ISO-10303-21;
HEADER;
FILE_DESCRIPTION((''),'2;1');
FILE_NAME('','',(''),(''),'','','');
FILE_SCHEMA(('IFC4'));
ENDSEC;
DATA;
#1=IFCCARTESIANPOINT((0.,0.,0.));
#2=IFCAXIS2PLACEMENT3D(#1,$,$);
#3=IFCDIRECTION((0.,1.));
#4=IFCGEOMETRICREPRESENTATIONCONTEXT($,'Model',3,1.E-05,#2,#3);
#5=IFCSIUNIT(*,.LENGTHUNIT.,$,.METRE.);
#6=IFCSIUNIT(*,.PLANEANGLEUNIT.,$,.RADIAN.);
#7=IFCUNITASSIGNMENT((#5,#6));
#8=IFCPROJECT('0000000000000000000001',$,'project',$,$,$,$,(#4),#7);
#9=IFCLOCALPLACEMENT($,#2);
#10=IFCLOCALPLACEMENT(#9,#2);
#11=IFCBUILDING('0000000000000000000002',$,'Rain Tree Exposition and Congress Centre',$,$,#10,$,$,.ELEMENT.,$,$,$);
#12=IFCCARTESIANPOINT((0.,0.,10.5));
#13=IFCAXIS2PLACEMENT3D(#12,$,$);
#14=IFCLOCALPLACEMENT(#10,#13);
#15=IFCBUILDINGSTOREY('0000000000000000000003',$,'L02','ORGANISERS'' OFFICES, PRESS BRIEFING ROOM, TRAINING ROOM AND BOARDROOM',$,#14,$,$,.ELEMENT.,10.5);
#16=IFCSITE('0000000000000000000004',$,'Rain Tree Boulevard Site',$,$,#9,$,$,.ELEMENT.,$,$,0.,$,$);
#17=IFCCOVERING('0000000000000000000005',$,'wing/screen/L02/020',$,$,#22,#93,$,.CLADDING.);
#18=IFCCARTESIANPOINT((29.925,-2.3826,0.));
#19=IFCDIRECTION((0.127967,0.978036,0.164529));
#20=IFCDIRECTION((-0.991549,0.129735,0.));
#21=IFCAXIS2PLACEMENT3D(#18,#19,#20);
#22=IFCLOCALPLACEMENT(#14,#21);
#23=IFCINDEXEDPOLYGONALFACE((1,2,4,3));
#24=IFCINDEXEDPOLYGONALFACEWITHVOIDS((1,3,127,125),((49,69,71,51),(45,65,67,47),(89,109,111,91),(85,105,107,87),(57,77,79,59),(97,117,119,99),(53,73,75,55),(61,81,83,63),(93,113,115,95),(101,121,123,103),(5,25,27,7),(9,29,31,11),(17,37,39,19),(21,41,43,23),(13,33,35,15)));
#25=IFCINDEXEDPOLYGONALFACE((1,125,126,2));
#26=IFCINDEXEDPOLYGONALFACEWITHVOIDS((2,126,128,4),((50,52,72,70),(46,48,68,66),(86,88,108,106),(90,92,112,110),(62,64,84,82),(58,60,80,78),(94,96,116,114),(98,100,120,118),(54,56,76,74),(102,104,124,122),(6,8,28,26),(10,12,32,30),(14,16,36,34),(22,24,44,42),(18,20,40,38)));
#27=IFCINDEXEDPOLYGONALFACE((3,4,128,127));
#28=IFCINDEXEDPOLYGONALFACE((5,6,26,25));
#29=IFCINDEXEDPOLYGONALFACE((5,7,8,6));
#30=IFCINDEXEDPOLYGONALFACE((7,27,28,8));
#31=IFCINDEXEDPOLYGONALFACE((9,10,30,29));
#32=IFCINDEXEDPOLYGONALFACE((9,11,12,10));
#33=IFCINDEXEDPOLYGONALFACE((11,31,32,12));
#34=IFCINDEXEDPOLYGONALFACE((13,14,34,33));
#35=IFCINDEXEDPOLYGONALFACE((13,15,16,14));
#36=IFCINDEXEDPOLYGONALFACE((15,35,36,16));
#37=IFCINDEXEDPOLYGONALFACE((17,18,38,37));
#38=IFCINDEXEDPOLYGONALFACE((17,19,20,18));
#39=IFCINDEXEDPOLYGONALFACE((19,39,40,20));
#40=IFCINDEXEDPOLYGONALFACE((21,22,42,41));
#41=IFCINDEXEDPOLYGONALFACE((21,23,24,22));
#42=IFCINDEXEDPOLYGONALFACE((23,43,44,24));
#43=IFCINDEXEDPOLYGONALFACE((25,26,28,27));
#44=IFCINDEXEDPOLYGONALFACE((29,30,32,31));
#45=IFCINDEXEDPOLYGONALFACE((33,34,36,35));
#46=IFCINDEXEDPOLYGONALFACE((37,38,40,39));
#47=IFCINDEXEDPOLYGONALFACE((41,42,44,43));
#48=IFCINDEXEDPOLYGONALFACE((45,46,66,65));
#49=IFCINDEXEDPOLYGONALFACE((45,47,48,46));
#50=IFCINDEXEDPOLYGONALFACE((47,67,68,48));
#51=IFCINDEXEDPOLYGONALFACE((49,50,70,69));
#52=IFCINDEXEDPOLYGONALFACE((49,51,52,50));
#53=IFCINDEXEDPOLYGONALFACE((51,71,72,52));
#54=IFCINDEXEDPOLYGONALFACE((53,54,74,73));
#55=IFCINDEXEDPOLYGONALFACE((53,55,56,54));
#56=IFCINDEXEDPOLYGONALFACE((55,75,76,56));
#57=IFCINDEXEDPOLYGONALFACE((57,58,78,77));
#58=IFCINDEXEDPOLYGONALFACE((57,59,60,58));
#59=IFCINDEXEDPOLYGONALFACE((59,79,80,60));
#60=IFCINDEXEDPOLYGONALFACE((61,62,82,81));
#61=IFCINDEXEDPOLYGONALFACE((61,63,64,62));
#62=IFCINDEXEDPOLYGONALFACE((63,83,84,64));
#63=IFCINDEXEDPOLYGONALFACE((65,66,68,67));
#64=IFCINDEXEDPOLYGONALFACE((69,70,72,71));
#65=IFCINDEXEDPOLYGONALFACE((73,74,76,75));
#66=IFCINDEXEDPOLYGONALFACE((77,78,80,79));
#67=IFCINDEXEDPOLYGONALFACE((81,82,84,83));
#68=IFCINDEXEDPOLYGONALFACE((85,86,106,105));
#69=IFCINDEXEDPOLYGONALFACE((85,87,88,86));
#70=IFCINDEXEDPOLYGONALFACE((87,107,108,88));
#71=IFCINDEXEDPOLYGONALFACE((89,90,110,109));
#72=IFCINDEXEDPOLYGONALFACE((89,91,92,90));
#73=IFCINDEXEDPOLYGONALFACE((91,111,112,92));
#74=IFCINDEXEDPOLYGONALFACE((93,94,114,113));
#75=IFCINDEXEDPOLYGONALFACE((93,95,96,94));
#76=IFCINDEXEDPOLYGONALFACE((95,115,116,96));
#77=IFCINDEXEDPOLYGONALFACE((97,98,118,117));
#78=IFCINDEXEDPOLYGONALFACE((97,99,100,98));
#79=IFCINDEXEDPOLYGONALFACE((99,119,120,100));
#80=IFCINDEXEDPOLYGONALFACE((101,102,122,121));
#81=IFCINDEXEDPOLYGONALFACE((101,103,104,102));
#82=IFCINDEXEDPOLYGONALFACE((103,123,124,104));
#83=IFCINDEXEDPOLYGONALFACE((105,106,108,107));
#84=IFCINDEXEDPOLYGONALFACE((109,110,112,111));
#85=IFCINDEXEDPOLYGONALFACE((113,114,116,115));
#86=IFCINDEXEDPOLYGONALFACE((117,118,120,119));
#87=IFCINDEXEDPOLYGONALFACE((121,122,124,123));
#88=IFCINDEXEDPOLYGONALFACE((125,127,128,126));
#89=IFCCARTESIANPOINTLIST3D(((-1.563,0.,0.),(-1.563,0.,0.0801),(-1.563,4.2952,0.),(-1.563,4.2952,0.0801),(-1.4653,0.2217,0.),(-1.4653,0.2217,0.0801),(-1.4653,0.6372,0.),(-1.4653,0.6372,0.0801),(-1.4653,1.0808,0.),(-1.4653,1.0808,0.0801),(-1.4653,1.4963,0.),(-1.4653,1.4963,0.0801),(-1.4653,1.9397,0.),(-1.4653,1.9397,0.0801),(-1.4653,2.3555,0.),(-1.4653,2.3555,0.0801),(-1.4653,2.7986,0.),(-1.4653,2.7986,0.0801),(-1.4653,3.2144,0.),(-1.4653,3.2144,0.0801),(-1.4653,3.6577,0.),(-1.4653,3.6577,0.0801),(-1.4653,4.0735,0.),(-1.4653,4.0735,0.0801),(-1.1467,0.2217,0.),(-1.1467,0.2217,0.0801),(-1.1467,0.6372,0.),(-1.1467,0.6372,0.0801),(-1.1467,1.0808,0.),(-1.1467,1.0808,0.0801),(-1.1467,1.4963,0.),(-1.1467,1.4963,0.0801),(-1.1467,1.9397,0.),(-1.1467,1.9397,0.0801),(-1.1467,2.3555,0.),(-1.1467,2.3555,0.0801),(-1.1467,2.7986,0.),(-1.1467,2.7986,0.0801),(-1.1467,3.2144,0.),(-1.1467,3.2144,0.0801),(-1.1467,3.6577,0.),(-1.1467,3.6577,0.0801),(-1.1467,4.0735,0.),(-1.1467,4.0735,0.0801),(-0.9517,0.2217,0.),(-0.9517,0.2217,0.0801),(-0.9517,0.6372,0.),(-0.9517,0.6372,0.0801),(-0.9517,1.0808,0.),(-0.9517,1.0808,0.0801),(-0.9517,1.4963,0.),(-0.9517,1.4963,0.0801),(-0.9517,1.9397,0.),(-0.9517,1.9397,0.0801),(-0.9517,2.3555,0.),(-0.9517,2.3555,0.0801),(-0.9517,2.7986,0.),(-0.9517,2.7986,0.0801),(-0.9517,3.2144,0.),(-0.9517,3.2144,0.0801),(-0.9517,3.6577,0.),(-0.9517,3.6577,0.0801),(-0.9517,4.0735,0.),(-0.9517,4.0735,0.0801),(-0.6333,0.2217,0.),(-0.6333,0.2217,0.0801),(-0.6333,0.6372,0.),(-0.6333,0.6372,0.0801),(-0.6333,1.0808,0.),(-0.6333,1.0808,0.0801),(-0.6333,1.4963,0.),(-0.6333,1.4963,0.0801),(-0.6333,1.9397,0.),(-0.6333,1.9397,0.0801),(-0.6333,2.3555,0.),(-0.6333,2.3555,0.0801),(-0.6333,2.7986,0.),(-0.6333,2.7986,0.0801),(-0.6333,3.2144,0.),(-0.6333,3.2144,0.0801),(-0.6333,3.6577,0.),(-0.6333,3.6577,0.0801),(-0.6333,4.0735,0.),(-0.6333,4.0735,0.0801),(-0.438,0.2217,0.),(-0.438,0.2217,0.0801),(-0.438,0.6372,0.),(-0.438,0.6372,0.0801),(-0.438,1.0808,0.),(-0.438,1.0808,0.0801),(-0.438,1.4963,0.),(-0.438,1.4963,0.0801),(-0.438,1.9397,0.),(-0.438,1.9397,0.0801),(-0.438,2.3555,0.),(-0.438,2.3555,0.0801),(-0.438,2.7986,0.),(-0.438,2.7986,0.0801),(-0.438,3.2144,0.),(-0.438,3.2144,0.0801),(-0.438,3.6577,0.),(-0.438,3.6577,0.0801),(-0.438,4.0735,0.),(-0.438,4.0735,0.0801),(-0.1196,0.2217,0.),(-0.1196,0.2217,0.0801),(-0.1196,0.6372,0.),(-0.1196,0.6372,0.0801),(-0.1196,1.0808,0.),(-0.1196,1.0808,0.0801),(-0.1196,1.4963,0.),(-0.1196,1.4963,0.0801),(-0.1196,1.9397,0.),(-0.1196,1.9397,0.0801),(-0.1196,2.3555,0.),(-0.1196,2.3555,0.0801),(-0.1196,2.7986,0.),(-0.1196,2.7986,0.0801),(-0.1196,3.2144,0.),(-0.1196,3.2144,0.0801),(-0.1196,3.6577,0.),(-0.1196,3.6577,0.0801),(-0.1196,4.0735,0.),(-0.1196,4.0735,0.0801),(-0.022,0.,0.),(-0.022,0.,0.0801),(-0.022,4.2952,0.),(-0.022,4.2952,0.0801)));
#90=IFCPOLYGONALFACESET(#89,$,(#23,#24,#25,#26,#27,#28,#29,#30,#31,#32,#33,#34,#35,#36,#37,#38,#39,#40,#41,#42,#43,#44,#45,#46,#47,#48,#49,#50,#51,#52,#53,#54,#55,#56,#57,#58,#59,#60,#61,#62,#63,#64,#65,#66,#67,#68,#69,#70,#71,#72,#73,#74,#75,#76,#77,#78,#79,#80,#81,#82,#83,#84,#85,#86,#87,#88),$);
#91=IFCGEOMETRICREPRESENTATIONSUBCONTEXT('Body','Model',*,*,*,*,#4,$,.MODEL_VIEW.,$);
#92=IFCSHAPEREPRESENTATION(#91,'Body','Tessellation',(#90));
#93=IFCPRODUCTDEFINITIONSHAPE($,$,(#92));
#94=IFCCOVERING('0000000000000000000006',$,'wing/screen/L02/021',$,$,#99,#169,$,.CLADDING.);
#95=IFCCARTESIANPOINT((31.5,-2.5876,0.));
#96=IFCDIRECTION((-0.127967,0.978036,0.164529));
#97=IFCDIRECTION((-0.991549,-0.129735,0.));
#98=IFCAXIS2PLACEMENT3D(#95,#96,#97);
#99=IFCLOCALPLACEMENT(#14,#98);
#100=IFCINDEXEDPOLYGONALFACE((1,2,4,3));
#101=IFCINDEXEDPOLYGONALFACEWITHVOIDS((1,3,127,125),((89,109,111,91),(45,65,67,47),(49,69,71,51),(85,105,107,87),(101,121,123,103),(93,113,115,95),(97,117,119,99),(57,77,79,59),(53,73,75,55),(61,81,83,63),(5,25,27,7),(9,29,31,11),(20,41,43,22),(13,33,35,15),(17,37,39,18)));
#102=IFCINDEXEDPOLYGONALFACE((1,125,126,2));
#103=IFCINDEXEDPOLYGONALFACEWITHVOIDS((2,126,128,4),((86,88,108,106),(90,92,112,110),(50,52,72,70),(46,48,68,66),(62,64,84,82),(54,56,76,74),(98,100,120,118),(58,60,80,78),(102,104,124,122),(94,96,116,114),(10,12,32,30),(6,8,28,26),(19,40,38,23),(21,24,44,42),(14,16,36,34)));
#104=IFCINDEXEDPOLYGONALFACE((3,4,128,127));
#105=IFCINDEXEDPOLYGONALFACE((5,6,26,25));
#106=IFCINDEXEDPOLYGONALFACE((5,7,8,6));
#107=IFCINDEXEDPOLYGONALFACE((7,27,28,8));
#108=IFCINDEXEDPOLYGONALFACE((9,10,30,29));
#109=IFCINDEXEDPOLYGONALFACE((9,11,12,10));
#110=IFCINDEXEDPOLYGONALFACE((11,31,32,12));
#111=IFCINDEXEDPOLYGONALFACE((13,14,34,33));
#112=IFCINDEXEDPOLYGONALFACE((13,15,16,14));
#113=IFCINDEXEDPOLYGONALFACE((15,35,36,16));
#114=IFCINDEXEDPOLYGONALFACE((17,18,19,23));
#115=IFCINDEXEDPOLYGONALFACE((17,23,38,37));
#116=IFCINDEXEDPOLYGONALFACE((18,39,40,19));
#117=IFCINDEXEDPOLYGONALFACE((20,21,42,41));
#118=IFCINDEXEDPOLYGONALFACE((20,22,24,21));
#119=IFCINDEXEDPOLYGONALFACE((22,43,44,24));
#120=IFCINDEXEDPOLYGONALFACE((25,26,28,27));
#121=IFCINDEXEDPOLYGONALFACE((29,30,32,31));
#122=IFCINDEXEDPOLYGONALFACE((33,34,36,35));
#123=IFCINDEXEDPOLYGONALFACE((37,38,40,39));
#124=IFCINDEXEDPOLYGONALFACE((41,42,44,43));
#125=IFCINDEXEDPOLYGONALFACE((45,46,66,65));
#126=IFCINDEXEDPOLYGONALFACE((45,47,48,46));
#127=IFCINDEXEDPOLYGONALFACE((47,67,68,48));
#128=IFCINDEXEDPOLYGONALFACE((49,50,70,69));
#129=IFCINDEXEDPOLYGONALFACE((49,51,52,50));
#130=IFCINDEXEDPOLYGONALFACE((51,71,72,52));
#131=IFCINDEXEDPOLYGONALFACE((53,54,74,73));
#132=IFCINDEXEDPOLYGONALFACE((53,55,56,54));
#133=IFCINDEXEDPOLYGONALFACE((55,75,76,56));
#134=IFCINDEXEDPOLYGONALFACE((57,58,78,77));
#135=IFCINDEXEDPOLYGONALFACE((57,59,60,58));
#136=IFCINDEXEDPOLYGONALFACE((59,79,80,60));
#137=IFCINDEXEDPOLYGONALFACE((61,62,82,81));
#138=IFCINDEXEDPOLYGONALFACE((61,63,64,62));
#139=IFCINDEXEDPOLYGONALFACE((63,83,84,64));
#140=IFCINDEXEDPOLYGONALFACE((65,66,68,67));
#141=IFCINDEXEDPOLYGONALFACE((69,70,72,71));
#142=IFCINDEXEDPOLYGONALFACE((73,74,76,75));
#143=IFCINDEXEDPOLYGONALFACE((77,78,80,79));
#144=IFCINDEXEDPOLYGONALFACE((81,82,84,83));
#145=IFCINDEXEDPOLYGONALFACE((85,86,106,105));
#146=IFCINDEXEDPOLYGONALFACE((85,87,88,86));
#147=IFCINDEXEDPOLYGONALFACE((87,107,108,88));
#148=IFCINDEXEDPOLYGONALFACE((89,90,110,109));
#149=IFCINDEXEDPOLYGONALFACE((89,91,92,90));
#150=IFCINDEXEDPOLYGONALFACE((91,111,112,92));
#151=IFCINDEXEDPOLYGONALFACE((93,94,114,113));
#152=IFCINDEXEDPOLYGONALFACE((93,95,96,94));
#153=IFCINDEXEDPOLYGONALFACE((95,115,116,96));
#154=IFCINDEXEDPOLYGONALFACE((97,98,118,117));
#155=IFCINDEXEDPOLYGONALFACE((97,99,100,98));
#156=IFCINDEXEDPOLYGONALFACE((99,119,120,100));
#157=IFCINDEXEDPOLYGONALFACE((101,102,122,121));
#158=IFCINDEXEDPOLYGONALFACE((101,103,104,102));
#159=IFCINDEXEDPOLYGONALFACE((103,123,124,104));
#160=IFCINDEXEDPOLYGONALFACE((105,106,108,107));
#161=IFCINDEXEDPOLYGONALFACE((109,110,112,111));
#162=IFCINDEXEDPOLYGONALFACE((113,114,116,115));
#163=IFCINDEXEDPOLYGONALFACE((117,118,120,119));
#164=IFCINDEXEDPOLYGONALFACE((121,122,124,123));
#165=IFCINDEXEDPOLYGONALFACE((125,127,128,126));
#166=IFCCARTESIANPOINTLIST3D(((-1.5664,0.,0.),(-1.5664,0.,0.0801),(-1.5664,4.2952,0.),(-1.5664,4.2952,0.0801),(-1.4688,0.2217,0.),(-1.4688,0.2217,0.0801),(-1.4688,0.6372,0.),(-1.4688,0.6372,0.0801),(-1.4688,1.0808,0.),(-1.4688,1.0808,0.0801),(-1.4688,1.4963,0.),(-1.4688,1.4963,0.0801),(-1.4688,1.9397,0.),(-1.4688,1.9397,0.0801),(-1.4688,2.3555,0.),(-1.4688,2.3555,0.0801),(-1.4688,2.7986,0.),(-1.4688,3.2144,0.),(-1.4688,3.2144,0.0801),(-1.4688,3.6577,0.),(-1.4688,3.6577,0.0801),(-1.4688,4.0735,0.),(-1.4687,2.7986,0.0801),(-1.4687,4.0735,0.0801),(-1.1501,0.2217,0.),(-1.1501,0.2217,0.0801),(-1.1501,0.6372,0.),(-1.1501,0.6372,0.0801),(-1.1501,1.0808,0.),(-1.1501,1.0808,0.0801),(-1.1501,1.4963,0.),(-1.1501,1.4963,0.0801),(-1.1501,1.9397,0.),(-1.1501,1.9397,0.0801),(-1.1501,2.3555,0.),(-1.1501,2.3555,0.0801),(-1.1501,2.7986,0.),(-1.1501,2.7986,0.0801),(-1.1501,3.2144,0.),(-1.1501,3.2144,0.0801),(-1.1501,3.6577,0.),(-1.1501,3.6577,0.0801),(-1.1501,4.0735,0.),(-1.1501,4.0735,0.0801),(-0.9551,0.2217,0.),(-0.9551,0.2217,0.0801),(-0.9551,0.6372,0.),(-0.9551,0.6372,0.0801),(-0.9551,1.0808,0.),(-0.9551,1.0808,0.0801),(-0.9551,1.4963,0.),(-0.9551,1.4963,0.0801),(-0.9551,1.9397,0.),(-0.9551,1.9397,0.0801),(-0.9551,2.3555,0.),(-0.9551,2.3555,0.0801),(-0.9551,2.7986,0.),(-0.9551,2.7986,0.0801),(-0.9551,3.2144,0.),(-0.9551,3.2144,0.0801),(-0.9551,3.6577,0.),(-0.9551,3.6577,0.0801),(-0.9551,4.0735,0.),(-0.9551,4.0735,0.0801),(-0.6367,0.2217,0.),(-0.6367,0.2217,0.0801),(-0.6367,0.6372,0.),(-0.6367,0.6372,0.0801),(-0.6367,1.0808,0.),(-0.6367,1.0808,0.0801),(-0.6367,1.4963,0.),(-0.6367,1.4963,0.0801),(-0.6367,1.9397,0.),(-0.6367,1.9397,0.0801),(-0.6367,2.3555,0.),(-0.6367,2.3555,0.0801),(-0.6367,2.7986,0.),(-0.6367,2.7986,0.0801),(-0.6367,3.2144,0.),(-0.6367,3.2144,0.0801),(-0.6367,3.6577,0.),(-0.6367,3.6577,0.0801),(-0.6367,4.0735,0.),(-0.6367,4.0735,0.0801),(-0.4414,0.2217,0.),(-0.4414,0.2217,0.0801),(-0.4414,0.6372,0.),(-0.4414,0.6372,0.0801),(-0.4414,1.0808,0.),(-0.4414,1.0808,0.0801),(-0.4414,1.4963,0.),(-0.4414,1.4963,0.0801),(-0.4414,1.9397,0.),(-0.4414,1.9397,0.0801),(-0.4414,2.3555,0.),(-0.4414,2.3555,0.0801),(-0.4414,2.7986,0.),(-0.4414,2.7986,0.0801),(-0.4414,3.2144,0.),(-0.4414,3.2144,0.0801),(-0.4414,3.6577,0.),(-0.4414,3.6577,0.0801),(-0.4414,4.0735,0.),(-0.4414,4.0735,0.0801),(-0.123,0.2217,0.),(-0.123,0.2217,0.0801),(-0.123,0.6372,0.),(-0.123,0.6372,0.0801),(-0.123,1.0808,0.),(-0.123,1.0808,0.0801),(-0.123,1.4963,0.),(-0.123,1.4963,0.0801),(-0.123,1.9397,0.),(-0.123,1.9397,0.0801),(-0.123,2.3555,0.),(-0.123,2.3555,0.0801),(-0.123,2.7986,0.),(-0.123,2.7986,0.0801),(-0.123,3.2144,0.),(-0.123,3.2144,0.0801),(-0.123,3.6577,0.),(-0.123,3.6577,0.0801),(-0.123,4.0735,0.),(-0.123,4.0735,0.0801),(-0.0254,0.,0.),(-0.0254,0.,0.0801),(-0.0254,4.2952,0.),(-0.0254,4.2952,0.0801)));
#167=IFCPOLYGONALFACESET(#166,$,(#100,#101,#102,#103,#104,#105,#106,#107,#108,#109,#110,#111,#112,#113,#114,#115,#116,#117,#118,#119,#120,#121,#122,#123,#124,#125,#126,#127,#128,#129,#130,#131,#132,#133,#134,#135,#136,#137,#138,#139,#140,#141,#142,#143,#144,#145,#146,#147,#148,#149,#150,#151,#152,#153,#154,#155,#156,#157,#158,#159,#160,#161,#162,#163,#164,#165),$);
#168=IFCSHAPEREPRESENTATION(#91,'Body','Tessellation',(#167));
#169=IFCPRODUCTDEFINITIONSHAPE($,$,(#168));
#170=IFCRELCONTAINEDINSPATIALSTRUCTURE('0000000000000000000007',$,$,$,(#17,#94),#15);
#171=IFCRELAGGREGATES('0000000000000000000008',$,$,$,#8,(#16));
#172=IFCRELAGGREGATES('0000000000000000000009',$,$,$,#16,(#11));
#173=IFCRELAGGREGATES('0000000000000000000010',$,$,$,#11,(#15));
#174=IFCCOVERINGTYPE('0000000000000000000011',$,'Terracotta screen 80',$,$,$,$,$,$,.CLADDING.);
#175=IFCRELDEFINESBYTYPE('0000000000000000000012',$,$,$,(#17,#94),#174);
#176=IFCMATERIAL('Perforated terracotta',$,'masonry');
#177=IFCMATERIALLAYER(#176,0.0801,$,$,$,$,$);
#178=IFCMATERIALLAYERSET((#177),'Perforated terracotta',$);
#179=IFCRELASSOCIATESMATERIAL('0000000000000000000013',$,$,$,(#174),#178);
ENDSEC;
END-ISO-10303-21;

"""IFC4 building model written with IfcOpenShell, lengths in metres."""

from ifc_helpers import new_model, si_unit, direction, frame, origin, place, context, subcontext, project, spatial, polyline, outline, extrude, material, layer, layer_set, type_object, element, save


model = new_model("IFC4")

# Units and contexts
model_context = context("Model", 3, precision=1e-05, world=origin(), true_north=direction((0.0, 1.0)))
body_context = subcontext(model_context, "Body", "Model", "MODEL_VIEW")
ifc_project = project(units=[si_unit("LENGTHUNIT", "METRE"), si_unit("PLANEANGLEUNIT", "RADIAN")], contexts=[model_context])

# Site, building, storey
site_placement = place(None, origin())
site = spatial("IfcSite", under=ifc_project, at=site_placement, Name="Rain Tree Boulevard Site", CompositionType="ELEMENT", RefElevation=0.0)
building_placement = place(site_placement, origin())
building = spatial("IfcBuilding", under=site, at=building_placement, Name="Rain Tree Exposition and Congress Centre", CompositionType="ELEMENT")
storey_placement = place(building_placement, frame((0.0, 0.0, 10.5)))
storey = spatial("IfcBuildingStorey", under=building, at=storey_placement, Name="L02", Description="ORGANISERS' OFFICES, PRESS BRIEFING ROOM, TRAINING ROOM AND BOARDROOM", CompositionType="ELEMENT", Elevation=10.5)

# Coverings
ifc_material_1 = material(Name="Perforated terracotta", Category="masonry")
ifc_layer_1 = layer(ifc_material_1, 0.0801)
ifc_layer_set_1 = layer_set([ifc_layer_1], Name="Perforated terracotta")
covering_type = type_object("IfcCoveringType", Name="Terracotta screen 80", PredefinedType="CLADDING", material=ifc_layer_set_1)
covering_1_placement = place(storey_placement, frame((29.925, -2.3826, 0.0), z_axis=(0.127967, 0.978036, 0.164529), x_axis=(-0.991549, 0.129735, 0.0)))
element("IfcCovering", 1, at=covering_1_placement, inside=storey, type_object=covering_type, Name="wing/screen/L02/020", PredefinedType="CLADDING", context=body_context, shape_type="SweptSolid", body=[
    extrude(outline(polyline([(-1.563, 0.0), (-1.563, 4.2952), (-0.022, 4.2952), (-0.022, 0.0), (-1.563, 0.0)]), holes=[polyline([(-0.1196, 0.2217), (-0.1196, 0.6372), (-0.438, 0.6372), (-0.438, 0.2217), (-0.1196, 0.2217)]), polyline([(-0.1196, 1.0808), (-0.1196, 1.4963), (-0.438, 1.4963), (-0.438, 1.0808), (-0.1196, 1.0808)]), polyline([(-0.1196, 1.9397), (-0.1196, 2.3555), (-0.438, 2.3555), (-0.438, 1.9397), (-0.1196, 1.9397)]), polyline([(-0.1196, 2.7986), (-0.1196, 3.2144), (-0.438, 3.2144), (-0.438, 2.7986), (-0.1196, 2.7986)]), polyline([(-0.1196, 3.6577), (-0.1196, 4.0735), (-0.438, 4.0735), (-0.438, 3.6577), (-0.1196, 3.6577)]), polyline([(-0.6333, 0.2217), (-0.6333, 0.6372), (-0.9517, 0.6372), (-0.9517, 0.2217), (-0.6333, 0.2217)]), polyline([(-0.6333, 1.0808), (-0.6333, 1.4963), (-0.9517, 1.4963), (-0.9517, 1.0808), (-0.6333, 1.0808)]), polyline([(-0.6333, 1.9397), (-0.6333, 2.3555), (-0.9517, 2.3555), (-0.9517, 1.9397), (-0.6333, 1.9397)]), polyline([(-0.6333, 2.7986), (-0.6333, 3.2144), (-0.9517, 3.2144), (-0.9517, 2.7986), (-0.6333, 2.7986)]), polyline([(-0.6333, 3.6577), (-0.6333, 4.0735), (-0.9517, 4.0735), (-0.9517, 3.6577), (-0.6333, 3.6577)]), polyline([(-1.1467, 0.2217), (-1.1467, 0.6372), (-1.4653, 0.6372), (-1.4653, 0.2217), (-1.1467, 0.2217)]), polyline([(-1.1467, 1.0808), (-1.1467, 1.4963), (-1.4653, 1.4963), (-1.4653, 1.0808), (-1.1467, 1.0808)]), polyline([(-1.1467, 1.9397), (-1.1467, 2.3555), (-1.4653, 2.3555), (-1.4653, 1.9397), (-1.1467, 1.9397)]), polyline([(-1.1467, 2.7986), (-1.1467, 3.2144), (-1.4653, 3.2144), (-1.4653, 2.7986), (-1.1467, 2.7986)]), polyline([(-1.1467, 3.6577), (-1.1467, 4.0735), (-1.4653, 4.0735), (-1.4653, 3.6577), (-1.1467, 3.6577)])]), origin(), (0.0, 0.0, 1.0), 0.0801),
])
covering_2_placement = place(storey_placement, frame((31.5, -2.5876, 0.0), z_axis=(-0.127967, 0.978036, 0.164529), x_axis=(-0.991549, -0.129735, 0.0)))
element("IfcCovering", 2, at=covering_2_placement, inside=storey, type_object=covering_type, Name="wing/screen/L02/021", PredefinedType="CLADDING", context=body_context, shape_type="SweptSolid", body=[
    extrude(outline(polyline([(-1.5664, 0.0), (-1.5664, 4.2952), (-0.0254, 4.2952), (-0.0254, 0.0), (-1.5664, 0.0)]), holes=[polyline([(-0.123, 0.2217), (-0.123, 0.6372), (-0.4414, 0.6372), (-0.4414, 0.2217), (-0.123, 0.2217)]), polyline([(-0.123, 1.0808), (-0.123, 1.4963), (-0.4414, 1.4963), (-0.4414, 1.0808), (-0.123, 1.0808)]), polyline([(-0.123, 1.9397), (-0.123, 2.3555), (-0.4414, 2.3555), (-0.4414, 1.9397), (-0.123, 1.9397)]), polyline([(-0.123, 2.7986), (-0.123, 3.2144), (-0.4414, 3.2144), (-0.4414, 2.7986), (-0.123, 2.7986)]), polyline([(-0.123, 3.6577), (-0.123, 4.0735), (-0.4414, 4.0735), (-0.4414, 3.6577), (-0.123, 3.6577)]), polyline([(-0.6367, 0.2217), (-0.6367, 0.6372), (-0.9551, 0.6372), (-0.9551, 0.2217), (-0.6367, 0.2217)]), polyline([(-0.6367, 1.0808), (-0.6367, 1.4963), (-0.9551, 1.4963), (-0.9551, 1.0808), (-0.6367, 1.0808)]), polyline([(-0.6367, 1.9397), (-0.6367, 2.3555), (-0.9551, 2.3555), (-0.9551, 1.9397), (-0.6367, 1.9397)]), polyline([(-0.6367, 2.7986), (-0.6367, 3.2144), (-0.9551, 3.2144), (-0.9551, 2.7986), (-0.6367, 2.7986)]), polyline([(-0.6367, 3.6577), (-0.6367, 4.0735), (-0.9551, 4.0735), (-0.9551, 3.6577), (-0.6367, 3.6577)]), polyline([(-1.1501, 0.2217), (-1.1501, 0.6372), (-1.4688, 0.6372), (-1.4688, 0.2217), (-1.1501, 0.2217)]), polyline([(-1.1501, 1.0808), (-1.1501, 1.4963), (-1.4688, 1.4963), (-1.4688, 1.0808), (-1.1501, 1.0808)]), polyline([(-1.1501, 1.9397), (-1.1501, 2.3555), (-1.4688, 2.3555), (-1.4688, 1.9397), (-1.1501, 1.9397)]), polyline([(-1.1501, 2.7986), (-1.1501, 3.2144), (-1.4688, 3.2144), (-1.4688, 2.7986), (-1.1501, 2.7986)]), polyline([(-1.1501, 3.6577), (-1.1501, 4.0735), (-1.4688, 4.0735), (-1.4688, 3.6577), (-1.1501, 3.6577)])]), origin(), (0.0, 0.0, 1.0), 0.0801),
])

save(model, "model.ifc")
